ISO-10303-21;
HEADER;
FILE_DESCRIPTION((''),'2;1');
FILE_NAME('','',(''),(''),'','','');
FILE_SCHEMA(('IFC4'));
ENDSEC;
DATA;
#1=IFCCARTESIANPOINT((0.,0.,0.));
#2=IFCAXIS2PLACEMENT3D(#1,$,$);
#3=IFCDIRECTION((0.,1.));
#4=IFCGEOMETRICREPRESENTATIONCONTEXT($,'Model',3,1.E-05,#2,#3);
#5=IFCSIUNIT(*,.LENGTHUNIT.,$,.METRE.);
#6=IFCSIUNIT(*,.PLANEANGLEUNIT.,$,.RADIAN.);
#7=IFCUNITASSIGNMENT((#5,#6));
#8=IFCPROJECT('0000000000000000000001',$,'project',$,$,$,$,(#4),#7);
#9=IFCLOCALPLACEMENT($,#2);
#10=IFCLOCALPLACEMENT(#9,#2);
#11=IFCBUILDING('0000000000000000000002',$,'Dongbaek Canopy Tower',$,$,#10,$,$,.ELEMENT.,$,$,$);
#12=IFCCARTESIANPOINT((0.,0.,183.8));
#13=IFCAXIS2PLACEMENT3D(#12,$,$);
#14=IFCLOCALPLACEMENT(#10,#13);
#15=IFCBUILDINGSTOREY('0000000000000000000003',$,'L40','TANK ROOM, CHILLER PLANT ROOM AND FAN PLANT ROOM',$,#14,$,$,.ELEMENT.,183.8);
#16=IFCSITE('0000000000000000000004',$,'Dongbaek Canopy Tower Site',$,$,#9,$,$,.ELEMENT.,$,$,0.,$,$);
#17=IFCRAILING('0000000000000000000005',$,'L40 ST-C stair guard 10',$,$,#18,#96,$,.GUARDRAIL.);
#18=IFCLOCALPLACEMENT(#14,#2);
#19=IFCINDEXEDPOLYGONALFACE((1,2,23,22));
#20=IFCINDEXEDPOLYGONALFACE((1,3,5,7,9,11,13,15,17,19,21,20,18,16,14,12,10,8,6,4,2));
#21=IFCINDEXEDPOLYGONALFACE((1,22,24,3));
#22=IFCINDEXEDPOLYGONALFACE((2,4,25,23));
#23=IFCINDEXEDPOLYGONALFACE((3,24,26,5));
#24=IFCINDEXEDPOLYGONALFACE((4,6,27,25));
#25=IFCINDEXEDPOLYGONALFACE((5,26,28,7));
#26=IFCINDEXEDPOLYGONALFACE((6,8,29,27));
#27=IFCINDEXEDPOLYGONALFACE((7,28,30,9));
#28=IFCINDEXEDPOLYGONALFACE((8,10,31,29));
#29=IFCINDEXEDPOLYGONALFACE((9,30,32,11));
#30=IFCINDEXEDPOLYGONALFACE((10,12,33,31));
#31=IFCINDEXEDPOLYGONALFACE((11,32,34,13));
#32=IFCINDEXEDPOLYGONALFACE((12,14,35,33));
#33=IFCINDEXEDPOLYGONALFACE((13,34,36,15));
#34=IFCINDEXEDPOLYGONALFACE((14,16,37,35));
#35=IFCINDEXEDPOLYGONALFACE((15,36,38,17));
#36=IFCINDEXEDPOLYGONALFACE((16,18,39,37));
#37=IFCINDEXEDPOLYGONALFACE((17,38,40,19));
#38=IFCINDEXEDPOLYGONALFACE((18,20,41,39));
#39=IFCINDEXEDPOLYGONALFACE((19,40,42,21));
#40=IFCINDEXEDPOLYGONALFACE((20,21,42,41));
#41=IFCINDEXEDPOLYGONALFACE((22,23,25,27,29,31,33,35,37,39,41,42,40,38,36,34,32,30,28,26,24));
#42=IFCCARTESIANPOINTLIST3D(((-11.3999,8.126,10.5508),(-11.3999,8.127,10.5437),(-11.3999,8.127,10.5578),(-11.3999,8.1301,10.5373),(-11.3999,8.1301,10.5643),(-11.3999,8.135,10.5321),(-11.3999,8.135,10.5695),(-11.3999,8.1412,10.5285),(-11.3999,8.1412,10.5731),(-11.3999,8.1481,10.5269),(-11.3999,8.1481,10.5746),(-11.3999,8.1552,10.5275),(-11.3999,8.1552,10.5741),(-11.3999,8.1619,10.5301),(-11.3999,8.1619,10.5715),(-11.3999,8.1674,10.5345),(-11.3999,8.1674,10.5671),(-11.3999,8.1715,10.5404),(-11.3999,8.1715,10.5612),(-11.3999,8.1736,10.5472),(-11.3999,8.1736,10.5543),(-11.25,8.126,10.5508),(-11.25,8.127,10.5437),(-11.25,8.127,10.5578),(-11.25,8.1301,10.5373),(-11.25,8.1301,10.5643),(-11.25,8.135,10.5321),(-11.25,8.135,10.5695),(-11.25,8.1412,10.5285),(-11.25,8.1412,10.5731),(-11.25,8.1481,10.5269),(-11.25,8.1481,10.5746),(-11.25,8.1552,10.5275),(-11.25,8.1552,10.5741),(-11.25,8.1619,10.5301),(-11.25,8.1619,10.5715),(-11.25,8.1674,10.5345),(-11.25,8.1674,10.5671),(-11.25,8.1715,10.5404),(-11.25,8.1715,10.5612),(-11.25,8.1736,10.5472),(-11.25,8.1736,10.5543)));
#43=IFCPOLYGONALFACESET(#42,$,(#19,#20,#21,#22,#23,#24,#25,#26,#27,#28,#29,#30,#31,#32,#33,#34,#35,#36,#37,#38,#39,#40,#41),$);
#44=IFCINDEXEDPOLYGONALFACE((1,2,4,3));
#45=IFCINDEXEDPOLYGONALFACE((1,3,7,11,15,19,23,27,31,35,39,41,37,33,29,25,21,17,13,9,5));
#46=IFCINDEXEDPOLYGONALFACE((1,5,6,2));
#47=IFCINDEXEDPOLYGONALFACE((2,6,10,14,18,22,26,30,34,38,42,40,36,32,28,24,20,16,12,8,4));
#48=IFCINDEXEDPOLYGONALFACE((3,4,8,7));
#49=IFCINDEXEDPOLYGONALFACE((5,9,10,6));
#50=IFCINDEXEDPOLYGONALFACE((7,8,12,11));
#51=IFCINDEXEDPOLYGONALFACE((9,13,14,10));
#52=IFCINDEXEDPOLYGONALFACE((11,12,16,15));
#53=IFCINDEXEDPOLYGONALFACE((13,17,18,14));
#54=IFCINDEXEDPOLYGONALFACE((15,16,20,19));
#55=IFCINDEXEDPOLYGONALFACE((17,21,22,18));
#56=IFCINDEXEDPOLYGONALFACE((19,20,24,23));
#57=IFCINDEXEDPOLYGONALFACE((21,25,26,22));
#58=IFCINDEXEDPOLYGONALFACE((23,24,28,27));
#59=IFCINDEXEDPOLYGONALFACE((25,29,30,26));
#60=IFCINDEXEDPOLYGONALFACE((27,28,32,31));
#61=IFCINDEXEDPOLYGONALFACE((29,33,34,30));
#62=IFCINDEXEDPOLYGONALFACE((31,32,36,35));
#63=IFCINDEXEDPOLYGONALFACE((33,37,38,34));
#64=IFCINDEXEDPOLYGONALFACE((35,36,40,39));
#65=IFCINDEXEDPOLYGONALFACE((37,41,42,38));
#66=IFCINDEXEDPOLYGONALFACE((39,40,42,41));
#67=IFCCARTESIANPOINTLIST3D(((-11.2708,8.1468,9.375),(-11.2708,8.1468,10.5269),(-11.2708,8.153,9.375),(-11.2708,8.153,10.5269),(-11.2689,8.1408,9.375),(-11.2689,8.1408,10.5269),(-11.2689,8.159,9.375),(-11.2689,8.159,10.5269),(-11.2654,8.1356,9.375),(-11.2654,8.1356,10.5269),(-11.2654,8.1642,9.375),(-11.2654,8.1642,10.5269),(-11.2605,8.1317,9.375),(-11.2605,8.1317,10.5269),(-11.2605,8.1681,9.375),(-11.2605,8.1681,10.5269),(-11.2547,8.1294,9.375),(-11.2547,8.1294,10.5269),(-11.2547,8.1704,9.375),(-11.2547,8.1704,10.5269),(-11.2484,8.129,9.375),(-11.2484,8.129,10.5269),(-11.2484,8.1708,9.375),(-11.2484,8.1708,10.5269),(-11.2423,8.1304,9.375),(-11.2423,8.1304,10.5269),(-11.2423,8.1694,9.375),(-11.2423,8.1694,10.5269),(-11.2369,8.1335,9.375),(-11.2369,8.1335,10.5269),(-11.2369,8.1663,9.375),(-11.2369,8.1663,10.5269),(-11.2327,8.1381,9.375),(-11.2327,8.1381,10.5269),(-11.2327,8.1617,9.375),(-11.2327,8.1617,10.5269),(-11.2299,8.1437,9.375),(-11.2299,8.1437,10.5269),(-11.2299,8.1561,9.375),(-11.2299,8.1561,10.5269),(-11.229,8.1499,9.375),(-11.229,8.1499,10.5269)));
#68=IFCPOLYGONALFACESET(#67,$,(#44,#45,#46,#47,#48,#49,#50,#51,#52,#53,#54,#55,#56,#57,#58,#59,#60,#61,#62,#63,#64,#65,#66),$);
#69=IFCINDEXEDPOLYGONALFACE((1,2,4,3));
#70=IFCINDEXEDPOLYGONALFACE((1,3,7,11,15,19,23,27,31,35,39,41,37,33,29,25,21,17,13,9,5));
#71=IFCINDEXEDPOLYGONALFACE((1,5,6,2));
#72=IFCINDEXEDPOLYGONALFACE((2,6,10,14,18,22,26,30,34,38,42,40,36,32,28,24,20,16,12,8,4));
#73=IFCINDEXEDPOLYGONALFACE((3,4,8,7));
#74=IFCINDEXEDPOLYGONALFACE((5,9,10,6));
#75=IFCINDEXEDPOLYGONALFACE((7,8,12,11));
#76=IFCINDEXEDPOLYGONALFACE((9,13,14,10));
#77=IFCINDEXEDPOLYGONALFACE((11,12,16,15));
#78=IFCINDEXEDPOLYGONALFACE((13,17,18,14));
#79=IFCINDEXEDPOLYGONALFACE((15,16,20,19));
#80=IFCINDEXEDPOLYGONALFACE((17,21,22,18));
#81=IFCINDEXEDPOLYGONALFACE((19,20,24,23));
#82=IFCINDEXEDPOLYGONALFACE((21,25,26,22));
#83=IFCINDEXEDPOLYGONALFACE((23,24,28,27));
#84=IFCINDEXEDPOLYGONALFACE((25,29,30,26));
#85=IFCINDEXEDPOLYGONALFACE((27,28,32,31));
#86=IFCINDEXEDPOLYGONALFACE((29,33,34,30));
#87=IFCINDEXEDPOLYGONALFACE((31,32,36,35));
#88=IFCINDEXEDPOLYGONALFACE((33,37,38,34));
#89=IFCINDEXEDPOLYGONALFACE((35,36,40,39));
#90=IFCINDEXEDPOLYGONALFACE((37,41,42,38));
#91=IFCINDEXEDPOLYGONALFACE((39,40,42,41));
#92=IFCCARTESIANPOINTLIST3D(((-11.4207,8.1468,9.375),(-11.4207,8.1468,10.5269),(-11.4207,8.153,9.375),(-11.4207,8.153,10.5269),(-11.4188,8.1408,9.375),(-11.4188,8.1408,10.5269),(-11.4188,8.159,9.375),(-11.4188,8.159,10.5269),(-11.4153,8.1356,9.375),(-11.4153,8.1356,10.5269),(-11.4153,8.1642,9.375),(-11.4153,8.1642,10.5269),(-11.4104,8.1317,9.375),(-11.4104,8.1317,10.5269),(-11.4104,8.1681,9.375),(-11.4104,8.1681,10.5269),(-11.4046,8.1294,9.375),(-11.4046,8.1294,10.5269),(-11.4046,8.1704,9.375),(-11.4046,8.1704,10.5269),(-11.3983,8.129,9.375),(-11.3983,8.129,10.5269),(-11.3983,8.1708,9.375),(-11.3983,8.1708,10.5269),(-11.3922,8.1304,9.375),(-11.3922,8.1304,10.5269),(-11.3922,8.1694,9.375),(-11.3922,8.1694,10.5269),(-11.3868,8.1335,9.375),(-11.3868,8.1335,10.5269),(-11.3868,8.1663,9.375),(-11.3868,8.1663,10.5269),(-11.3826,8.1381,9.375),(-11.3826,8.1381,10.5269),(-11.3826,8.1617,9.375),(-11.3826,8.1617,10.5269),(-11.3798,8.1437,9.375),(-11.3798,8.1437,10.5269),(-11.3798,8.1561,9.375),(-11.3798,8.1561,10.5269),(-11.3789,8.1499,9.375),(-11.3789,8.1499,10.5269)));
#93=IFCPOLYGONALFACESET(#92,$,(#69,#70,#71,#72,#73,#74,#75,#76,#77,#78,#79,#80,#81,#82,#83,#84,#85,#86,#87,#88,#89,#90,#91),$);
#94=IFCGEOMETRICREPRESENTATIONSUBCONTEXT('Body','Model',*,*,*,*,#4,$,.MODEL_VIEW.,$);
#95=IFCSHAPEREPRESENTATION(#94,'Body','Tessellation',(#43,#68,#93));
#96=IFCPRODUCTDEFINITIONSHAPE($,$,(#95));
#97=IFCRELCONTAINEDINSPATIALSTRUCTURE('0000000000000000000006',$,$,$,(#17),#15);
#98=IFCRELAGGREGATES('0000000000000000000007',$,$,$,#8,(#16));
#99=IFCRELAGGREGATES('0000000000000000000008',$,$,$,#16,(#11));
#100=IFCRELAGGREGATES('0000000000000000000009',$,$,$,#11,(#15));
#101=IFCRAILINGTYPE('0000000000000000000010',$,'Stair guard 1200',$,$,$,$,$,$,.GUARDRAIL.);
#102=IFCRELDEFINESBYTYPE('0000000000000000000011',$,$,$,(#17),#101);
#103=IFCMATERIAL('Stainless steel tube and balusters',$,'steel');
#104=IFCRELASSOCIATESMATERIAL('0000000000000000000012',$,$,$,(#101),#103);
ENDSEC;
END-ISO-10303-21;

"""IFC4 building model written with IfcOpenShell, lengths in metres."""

from ifc_helpers import new_model, si_unit, direction, frame, origin, origin_2d, place, context, subcontext, project, spatial, circle, extrude, material, type_object, element, save


model = new_model("IFC4")

# Units and contexts
model_context = context("Model", 3, precision=1e-05, world=origin(), true_north=direction((0.0, 1.0)))
body_context = subcontext(model_context, "Body", "Model", "MODEL_VIEW")
ifc_project = project(units=[si_unit("LENGTHUNIT", "METRE"), si_unit("PLANEANGLEUNIT", "RADIAN")], contexts=[model_context])

# Site, building, storey
site_placement = place(None, origin())
site = spatial("IfcSite", under=ifc_project, at=site_placement, Name="Dongbaek Canopy Tower Site", CompositionType="ELEMENT", RefElevation=0.0)
building_placement = place(site_placement, origin())
building = spatial("IfcBuilding", under=site, at=building_placement, Name="Dongbaek Canopy Tower", CompositionType="ELEMENT")
storey_placement = place(building_placement, frame((0.0, 0.0, 183.8)))
storey = spatial("IfcBuildingStorey", under=building, at=storey_placement, Name="L40", Description="TANK ROOM, CHILLER PLANT ROOM AND FAN PLANT ROOM", CompositionType="ELEMENT", Elevation=183.8)

# Railing
ifc_material_1 = material(Name="Stainless steel tube and balusters", Category="steel")
railing_type_1 = type_object("IfcRailingType", Name="Stair guard 1200", PredefinedType="GUARDRAIL", material=ifc_material_1)
railing_1_placement = place(storey_placement, frame((-11.25, 8.1499, 9.375)))
element("IfcRailing", 1, at=railing_1_placement, inside=storey, type_object=railing_type_1, Name="L40 ST-C stair guard 10", PredefinedType="GUARDRAIL", context=body_context, shape_type="SweptSolid", body=[
    extrude(circle(Radius=0.0239, at=origin_2d()), frame((0.0, 0.0, 1.1758), z_axis=(-1.0, 0.0, 0.0), x_axis=(0.0, -1.0, 0.0)), (0.0, 0.0, 1.0), 0.1499),
    extrude(circle(Radius=0.021, at=origin_2d()), origin(), (0.0, 0.0, 1.0), 1.1519),
    extrude(circle(Radius=0.021, at=origin_2d()), frame((-0.1499, 0.0, 0.0)), (0.0, 0.0, 1.0), 1.1519),
])

save(model, "model.ifc")
